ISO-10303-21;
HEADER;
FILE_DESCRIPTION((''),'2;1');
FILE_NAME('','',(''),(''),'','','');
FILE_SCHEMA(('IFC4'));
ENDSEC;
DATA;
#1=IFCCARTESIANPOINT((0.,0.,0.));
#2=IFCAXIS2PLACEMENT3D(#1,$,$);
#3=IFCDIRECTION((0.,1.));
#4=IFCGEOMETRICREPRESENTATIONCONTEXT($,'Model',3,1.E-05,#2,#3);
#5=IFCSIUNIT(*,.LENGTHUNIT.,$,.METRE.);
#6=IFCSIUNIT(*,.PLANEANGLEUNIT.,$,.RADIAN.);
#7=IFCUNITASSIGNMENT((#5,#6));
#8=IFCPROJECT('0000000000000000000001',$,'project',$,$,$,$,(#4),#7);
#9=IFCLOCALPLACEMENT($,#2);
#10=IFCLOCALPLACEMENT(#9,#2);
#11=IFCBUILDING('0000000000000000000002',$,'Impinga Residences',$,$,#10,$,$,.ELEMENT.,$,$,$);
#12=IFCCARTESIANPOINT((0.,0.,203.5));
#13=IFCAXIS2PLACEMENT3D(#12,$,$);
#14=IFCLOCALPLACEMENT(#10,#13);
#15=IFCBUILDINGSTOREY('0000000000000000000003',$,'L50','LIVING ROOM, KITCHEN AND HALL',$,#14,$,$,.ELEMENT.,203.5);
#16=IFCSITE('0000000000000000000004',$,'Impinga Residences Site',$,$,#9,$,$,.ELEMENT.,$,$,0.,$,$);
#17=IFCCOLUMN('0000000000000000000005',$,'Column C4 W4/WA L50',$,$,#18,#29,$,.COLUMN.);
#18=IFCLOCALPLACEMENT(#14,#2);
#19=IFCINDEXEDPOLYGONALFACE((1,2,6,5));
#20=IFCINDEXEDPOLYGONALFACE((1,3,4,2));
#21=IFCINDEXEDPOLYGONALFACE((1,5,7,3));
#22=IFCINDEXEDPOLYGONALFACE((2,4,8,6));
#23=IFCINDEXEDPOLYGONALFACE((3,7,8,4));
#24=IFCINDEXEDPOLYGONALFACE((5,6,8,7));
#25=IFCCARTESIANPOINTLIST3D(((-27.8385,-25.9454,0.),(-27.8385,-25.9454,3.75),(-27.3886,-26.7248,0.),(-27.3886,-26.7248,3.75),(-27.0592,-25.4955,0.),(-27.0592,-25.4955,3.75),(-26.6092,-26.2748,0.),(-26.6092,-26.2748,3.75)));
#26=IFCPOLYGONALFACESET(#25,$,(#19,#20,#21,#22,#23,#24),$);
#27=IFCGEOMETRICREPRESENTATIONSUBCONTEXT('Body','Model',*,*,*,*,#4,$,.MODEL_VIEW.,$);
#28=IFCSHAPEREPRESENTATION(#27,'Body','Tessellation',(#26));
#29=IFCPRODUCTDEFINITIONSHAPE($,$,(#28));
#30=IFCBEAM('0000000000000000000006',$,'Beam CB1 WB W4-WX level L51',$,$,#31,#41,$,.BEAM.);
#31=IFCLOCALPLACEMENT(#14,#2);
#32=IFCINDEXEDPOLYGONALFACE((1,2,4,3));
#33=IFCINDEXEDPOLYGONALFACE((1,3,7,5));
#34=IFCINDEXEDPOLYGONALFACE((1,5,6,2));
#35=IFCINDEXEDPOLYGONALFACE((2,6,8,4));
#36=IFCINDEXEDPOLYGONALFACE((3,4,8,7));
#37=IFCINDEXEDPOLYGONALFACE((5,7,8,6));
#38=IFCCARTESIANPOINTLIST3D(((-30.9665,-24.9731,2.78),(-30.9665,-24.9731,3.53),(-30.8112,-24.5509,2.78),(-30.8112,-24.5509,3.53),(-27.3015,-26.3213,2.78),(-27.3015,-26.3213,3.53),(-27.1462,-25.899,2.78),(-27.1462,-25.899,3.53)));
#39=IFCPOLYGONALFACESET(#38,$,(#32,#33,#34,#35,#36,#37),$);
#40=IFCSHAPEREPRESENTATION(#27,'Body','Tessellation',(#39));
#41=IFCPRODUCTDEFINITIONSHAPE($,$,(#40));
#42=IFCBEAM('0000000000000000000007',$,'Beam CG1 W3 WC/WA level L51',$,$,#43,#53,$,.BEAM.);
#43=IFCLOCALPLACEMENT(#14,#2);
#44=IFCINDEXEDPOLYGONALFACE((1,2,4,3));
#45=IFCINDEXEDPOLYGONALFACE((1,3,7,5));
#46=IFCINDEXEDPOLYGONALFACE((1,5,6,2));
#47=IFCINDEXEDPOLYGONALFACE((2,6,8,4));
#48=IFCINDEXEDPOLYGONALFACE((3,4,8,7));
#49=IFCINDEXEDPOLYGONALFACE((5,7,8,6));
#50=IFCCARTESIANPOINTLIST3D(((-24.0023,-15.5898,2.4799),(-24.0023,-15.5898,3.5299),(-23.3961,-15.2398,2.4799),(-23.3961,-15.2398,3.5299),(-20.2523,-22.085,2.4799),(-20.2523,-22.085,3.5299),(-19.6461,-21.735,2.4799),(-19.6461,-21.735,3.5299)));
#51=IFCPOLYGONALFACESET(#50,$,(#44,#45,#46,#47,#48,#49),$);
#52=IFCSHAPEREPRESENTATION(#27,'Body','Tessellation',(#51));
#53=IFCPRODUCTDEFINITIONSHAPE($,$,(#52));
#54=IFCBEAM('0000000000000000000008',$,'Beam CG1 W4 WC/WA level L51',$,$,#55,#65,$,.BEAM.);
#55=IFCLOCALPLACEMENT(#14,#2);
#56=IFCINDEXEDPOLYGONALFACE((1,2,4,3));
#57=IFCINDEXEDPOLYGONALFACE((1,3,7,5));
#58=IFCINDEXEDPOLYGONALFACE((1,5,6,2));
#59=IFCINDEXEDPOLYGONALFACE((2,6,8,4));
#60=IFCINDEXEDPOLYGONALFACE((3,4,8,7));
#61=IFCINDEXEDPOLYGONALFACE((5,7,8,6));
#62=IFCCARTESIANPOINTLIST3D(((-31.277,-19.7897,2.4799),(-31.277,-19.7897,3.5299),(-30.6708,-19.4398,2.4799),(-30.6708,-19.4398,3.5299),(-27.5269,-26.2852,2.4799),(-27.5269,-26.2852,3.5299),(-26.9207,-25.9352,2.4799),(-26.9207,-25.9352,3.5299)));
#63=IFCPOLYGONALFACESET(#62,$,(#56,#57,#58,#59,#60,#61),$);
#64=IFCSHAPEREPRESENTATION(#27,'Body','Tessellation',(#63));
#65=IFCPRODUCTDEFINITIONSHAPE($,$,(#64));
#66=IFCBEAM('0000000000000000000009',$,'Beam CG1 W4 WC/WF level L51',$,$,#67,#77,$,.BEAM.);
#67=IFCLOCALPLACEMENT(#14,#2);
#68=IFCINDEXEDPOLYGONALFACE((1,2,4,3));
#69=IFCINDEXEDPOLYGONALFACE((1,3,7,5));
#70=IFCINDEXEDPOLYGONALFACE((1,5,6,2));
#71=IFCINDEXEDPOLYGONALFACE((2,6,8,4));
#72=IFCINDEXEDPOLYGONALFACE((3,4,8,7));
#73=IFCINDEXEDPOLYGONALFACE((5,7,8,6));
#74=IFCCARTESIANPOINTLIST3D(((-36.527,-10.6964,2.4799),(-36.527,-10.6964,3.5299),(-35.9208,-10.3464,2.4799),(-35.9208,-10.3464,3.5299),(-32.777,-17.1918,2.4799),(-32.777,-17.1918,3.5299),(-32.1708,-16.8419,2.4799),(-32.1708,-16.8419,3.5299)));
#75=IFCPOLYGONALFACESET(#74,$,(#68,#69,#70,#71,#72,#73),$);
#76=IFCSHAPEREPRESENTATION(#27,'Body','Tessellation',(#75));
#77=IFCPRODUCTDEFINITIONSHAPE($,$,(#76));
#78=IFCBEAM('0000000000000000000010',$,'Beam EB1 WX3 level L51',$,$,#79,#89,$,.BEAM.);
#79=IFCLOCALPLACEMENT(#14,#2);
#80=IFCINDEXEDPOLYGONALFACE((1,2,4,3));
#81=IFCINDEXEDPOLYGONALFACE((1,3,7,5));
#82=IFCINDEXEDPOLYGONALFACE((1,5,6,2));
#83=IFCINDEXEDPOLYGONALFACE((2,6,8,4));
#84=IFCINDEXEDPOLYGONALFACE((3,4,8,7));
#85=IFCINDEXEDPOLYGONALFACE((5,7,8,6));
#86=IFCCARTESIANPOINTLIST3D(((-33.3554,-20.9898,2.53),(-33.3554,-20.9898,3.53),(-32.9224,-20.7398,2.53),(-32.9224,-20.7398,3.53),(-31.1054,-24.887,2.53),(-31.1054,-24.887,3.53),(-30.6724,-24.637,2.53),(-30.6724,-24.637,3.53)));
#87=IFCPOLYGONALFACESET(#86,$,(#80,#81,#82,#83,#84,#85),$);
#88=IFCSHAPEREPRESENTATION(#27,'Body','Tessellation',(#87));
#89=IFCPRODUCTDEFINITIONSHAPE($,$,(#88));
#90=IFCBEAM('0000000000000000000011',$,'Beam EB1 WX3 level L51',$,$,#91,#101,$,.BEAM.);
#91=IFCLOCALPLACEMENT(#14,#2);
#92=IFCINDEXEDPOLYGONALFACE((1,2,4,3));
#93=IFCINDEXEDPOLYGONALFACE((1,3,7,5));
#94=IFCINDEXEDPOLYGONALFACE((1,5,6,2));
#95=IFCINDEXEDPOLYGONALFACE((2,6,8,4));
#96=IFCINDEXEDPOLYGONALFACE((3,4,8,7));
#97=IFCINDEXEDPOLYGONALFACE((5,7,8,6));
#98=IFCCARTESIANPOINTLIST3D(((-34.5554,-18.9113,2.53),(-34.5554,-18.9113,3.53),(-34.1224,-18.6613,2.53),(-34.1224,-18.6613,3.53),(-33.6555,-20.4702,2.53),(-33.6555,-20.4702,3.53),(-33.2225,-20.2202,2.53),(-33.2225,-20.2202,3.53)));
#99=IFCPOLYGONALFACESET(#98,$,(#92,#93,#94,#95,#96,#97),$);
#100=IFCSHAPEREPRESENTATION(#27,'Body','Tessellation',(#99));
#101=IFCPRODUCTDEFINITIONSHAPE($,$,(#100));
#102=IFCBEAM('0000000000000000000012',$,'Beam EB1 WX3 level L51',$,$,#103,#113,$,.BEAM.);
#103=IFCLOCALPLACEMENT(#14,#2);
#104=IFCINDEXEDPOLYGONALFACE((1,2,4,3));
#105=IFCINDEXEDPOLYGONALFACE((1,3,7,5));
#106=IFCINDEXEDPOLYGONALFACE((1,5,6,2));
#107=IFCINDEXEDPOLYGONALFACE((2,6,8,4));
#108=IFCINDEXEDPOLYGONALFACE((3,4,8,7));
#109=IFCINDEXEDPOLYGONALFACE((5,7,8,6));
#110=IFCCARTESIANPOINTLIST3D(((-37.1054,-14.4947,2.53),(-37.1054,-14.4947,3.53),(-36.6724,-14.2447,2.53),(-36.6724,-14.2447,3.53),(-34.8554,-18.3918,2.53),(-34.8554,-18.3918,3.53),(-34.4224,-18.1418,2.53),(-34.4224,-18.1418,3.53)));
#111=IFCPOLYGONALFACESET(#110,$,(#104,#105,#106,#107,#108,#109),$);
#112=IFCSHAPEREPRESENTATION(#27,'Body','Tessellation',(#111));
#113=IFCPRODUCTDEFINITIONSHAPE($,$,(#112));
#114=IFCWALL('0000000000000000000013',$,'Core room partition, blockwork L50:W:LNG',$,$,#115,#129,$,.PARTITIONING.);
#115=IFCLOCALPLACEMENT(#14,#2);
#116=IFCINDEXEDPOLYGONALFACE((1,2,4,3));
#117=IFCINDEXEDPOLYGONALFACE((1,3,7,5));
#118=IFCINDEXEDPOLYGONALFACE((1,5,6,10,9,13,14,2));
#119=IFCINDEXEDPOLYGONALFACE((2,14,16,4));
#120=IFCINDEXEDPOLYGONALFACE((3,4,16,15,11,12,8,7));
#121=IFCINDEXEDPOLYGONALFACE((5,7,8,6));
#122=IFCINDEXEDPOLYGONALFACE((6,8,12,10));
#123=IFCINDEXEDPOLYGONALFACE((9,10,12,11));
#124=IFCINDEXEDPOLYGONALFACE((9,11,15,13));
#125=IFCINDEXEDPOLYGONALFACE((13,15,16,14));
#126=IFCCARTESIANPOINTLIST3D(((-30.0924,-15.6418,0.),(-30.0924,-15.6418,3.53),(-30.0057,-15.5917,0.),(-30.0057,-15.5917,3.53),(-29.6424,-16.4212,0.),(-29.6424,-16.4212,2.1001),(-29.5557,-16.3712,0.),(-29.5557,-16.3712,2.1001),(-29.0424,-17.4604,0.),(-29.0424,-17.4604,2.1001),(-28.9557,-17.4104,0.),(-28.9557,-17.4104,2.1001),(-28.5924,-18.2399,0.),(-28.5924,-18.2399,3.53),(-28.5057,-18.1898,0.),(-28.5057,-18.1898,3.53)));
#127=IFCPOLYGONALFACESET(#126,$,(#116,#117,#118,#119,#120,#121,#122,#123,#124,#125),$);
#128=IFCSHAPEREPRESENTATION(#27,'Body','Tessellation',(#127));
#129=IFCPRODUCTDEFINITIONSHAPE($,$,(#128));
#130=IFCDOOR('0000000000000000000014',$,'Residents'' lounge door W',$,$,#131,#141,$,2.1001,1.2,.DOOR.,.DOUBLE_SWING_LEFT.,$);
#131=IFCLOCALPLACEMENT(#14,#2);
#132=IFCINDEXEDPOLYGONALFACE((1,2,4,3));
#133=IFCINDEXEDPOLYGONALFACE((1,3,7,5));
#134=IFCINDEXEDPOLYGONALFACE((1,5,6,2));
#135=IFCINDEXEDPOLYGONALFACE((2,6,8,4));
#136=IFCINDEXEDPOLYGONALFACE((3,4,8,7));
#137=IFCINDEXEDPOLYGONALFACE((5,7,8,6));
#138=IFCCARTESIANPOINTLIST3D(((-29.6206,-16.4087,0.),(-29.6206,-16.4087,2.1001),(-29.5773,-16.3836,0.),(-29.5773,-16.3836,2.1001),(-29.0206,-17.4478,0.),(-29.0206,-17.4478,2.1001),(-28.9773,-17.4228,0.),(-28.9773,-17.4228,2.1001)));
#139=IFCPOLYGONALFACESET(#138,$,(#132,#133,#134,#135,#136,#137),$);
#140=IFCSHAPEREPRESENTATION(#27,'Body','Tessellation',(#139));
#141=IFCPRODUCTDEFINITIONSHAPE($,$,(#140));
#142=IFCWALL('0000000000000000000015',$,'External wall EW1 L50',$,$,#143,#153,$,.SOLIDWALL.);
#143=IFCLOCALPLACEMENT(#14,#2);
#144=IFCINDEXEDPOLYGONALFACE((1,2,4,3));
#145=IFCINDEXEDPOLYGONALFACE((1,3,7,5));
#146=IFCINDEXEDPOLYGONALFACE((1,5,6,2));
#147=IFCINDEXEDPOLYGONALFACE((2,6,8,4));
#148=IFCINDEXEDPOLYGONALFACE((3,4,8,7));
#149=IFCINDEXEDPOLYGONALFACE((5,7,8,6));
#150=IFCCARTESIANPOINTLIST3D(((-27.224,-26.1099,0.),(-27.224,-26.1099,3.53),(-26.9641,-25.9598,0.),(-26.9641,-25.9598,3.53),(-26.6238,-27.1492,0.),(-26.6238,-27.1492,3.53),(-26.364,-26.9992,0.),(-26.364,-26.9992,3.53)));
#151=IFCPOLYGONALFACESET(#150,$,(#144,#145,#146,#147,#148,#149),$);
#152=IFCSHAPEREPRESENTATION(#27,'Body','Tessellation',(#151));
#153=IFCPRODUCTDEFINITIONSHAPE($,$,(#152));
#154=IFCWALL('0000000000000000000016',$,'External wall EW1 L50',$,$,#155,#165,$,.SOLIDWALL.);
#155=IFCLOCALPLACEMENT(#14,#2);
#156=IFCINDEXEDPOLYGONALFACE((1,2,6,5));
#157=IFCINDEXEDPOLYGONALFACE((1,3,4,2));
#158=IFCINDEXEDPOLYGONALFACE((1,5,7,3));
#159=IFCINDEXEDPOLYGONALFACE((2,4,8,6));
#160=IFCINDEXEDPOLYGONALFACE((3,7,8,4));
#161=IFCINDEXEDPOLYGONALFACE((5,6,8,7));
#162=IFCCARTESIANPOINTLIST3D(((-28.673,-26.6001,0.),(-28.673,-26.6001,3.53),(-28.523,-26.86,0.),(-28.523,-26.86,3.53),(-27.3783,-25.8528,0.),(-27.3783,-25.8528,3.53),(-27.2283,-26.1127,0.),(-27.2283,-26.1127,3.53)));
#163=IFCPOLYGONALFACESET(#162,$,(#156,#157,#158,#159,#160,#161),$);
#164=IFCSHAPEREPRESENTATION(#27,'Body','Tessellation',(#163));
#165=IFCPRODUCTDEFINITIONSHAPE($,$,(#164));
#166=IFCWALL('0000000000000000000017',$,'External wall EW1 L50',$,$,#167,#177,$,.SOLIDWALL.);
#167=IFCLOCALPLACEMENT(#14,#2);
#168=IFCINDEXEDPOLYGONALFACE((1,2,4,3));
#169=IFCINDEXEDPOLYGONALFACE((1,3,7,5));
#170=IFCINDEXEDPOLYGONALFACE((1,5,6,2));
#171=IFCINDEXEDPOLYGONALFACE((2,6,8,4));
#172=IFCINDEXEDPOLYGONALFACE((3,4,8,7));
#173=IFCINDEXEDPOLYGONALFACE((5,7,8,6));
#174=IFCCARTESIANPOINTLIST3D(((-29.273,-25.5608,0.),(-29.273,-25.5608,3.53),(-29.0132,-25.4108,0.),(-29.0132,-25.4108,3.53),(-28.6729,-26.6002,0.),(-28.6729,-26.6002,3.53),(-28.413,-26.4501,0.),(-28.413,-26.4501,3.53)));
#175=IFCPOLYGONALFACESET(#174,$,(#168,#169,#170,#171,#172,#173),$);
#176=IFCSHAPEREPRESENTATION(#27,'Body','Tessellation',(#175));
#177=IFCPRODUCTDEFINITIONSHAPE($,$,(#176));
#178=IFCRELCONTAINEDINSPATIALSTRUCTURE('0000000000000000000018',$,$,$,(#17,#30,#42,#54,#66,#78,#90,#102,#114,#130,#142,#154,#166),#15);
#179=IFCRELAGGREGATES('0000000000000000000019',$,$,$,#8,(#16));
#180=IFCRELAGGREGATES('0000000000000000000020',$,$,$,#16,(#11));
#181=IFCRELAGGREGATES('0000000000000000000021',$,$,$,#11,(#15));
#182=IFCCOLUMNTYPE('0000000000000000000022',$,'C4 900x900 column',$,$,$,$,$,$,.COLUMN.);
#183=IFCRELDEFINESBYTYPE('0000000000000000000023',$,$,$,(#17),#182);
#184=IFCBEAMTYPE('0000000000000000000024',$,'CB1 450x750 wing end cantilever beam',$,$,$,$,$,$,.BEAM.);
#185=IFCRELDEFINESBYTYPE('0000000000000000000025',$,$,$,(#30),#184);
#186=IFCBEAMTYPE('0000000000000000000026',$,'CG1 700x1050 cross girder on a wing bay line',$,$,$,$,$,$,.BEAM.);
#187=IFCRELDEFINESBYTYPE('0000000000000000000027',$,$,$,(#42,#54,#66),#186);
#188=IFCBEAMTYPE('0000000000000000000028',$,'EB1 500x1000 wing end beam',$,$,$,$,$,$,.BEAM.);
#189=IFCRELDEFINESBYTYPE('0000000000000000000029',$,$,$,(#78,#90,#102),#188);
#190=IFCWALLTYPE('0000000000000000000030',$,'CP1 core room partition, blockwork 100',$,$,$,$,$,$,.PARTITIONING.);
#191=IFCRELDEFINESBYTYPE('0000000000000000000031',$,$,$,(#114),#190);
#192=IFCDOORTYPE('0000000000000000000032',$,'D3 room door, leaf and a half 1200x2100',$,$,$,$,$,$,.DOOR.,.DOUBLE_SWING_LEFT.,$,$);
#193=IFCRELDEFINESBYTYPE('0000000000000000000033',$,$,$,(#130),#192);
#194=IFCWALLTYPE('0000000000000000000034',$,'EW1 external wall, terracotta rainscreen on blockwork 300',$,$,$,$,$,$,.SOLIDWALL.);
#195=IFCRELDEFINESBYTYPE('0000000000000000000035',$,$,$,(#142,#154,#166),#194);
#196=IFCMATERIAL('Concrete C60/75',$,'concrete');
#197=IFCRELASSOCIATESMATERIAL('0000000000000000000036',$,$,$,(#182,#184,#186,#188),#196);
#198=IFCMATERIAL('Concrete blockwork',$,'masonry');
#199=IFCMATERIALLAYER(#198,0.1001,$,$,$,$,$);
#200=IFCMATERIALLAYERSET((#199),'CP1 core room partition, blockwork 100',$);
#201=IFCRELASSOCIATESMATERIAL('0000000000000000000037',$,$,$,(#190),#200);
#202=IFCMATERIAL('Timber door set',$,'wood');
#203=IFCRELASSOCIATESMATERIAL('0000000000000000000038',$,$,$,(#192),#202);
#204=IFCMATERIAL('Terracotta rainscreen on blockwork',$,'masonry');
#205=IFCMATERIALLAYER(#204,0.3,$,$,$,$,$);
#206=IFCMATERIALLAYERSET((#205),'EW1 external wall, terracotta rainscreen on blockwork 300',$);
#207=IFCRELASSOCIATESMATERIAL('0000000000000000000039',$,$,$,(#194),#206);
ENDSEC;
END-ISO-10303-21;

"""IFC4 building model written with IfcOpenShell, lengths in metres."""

from ifc_helpers import new_model, si_unit, direction, frame, frame_2d, origin, origin_2d, place, context, subcontext, project, spatial, rectangle, extrude, material, layer, layer_set, material_profile, profile_set, type_object, element, fill, save


model = new_model("IFC4")

# Units and contexts
model_context = context("Model", 3, precision=1e-05, world=origin(), true_north=direction((0.0, 1.0)))
body_context = subcontext(model_context, "Body", "Model", "MODEL_VIEW")
ifc_project = project(units=[si_unit("LENGTHUNIT", "METRE"), si_unit("PLANEANGLEUNIT", "RADIAN")], contexts=[model_context])

# Site, building, storey
site_placement = place(None, origin())
site = spatial("IfcSite", under=ifc_project, at=site_placement, Name="Impinga Residences Site", CompositionType="ELEMENT", RefElevation=0.0)
building_placement = place(site_placement, origin())
building = spatial("IfcBuilding", under=site, at=building_placement, Name="Impinga Residences", CompositionType="ELEMENT")
storey_placement = place(building_placement, frame((0.0, 0.0, 203.5)))
storey = spatial("IfcBuildingStorey", under=building, at=storey_placement, Name="L50", Description="LIVING ROOM, KITCHEN AND HALL", CompositionType="ELEMENT", Elevation=203.5)

# Column
ifc_material_1 = material(Name="Concrete C60/75", Category="concrete")
ifc_material_profile_1 = material_profile(ifc_material_1, rectangle(XDim=0.8999, YDim=0.8999, at=origin_2d()), Name="RC 900x900")
ifc_profile_set_1 = profile_set([ifc_material_profile_1], Name="Concrete C60/75")
column_type = type_object("IfcColumnType", Name="C4 900x900 column", PredefinedType="COLUMN", material=ifc_profile_set_1)
column_placement = place(storey_placement, frame((-27.2239, -26.1101, 0.0), z_axis=(0.0, 0.0, 1.0), x_axis=(-0.5, 0.866025, 0.0)))
element("IfcColumn", 1, at=column_placement, inside=storey, type_object=column_type, Name="Column C4 W4/WA L50", PredefinedType="COLUMN", context=body_context, shape_type="SweptSolid", body=[
    extrude(rectangle(XDim=0.8999, YDim=0.8999, at=origin_2d()), origin(), (0.0, 0.0, 1.0), 3.75),
])

# Beams
ifc_material_profile_2 = material_profile(ifc_material_1, rectangle(XDim=0.45, YDim=0.75, at=origin_2d()), Name="RC 450x750")
ifc_profile_set_2 = profile_set([ifc_material_profile_2], Name="Concrete C60/75")
beam_type_1 = type_object("IfcBeamType", Name="CB1 450x750 wing end cantilever beam", PredefinedType="BEAM", material=ifc_profile_set_2)
beam_1_placement = place(storey_placement, frame((-27.2239, -26.1101, 3.155), z_axis=(-0.93852, 0.345224, 0.0), x_axis=(-0.345224, -0.93852, 0.0)))
element("IfcBeam", 2, at=beam_1_placement, inside=storey, type_object=beam_type_1, Name="Beam CB1 WB W4-WX level L51", PredefinedType="BEAM", context=body_context, shape_type="SweptSolid", body=[
    extrude(rectangle(XDim=0.45, YDim=0.75, at=origin_2d()), origin(), (0.0, 0.0, 1.0), 3.905),
])
ifc_material_profile_3 = material_profile(ifc_material_1, rectangle(XDim=0.7, YDim=1.05, at=origin_2d()), Name="RC 700x1050")
ifc_profile_set_3 = profile_set([ifc_material_profile_3], Name="Concrete C60/75")
beam_type_2 = type_object("IfcBeamType", Name="CG1 700x1050 cross girder on a wing bay line", PredefinedType="BEAM", material=ifc_profile_set_3)
beam_2_placement = place(storey_placement, frame((-23.6992, -15.4148, 3.0049), z_axis=(0.500004, -0.866023, 0.0), x_axis=(0.866023, 0.500004, 0.0)))
element("IfcBeam", 3, at=beam_2_placement, inside=storey, type_object=beam_type_2, Name="Beam CG1 W3 WC/WA level L51", PredefinedType="BEAM", context=body_context, shape_type="SweptSolid", body=[
    extrude(rectangle(XDim=0.7, YDim=1.05, at=origin_2d()), origin(), (0.0, 0.0, 1.0), 7.5),
])
for number, where, z_axis, x_axis, name in (
    (4, (-30.9739, -19.6147, 3.0049), (0.49999, -0.866031, 0.0), (0.866031, 0.49999, 0.0), "Beam CG1 W4 WC/WA level L51"),
    (5, (-32.4739, -17.0168, 3.0049), (-0.49999, 0.866031, 0.0), (-0.866031, -0.49999, 0.0), "Beam CG1 W4 WC/WF level L51"),
):
    element("IfcBeam", number, at=place(storey_placement, frame(where, z_axis=z_axis, x_axis=x_axis)), inside=storey, type_object=beam_type_2, Name=name, PredefinedType="BEAM", context=body_context, shape_type="SweptSolid", body=[
        extrude(rectangle(XDim=0.7, YDim=1.05, at=origin_2d()), origin(), (0.0, 0.0, 1.0), 7.5002),
    ])
ifc_material_profile_4 = material_profile(ifc_material_1, rectangle(XDim=0.5, YDim=1.0, at=origin_2d()), Name="RC 500x1000")
ifc_profile_set_4 = profile_set([ifc_material_profile_4], Name="Concrete C60/75")
beam_type_3 = type_object("IfcBeamType", Name="EB1 500x1000 wing end beam", PredefinedType="BEAM", material=ifc_profile_set_4)
beam_3_placement = place(storey_placement, frame((-30.8889, -24.762, 3.03), z_axis=(-0.49999, 0.866031, 0.0), x_axis=(-0.866031, -0.49999, 0.0)))
element("IfcBeam", 6, at=beam_3_placement, inside=storey, type_object=beam_type_3, Name="Beam EB1 WX3 level L51", PredefinedType="BEAM", context=body_context, shape_type="SweptSolid", body=[
    extrude(rectangle(XDim=0.5, YDim=1.0, at=origin_2d()), origin(), (0.0, 0.0, 1.0), 4.5),
])
beam_4_placement = place(storey_placement, frame((-33.439, -20.3452, 3.03), z_axis=(-0.499961, 0.866048, 0.0), x_axis=(-0.866048, -0.499961, 0.0)))
element("IfcBeam", 7, at=beam_4_placement, inside=storey, type_object=beam_type_3, Name="Beam EB1 WX3 level L51", PredefinedType="BEAM", context=body_context, shape_type="SweptSolid", body=[
    extrude(rectangle(XDim=0.5, YDim=1.0, at=origin_2d()), origin(), (0.0, 0.0, 1.0), 1.8),
])
beam_5_placement = place(storey_placement, frame((-34.6389, -18.2668, 3.03), z_axis=(-0.49999, 0.866031, 0.0), x_axis=(-0.866031, -0.49999, 0.0)))
element("IfcBeam", 8, at=beam_5_placement, inside=storey, type_object=beam_type_3, Name="Beam EB1 WX3 level L51", PredefinedType="BEAM", context=body_context, shape_type="SweptSolid", body=[
    extrude(rectangle(XDim=0.5, YDim=1.0, at=origin_2d()), origin(), (0.0, 0.0, 1.0), 4.5),
])

# Wall, opening, door
ifc_material_2 = material(Name="Concrete blockwork", Category="masonry")
ifc_layer_1 = layer(ifc_material_2, 0.1001)
ifc_layer_set_1 = layer_set([ifc_layer_1], Name="CP1 core room partition, blockwork 100")
wall_type_1 = type_object("IfcWallType", Name="CP1 core room partition, blockwork 100", PredefinedType="PARTITIONING", material=ifc_layer_set_1)
wall_1_placement = place(storey_placement, frame((-28.5491, -18.2148, 0.0), z_axis=(0.0, 0.0, 1.0), x_axis=(-0.49999, 0.866031, 0.0)))
wall_1 = element("IfcWall", 9, at=wall_1_placement, inside=storey, type_object=wall_type_1, Name="Core room partition, blockwork L50:W:LNG", PredefinedType="PARTITIONING", context=body_context, shape_type="SweptSolid", body=[
    extrude(rectangle(XDim=3.0, YDim=0.1001, at=frame_2d((1.5, 0.0))), origin(), (0.0, 0.0, 1.0), 3.53),
])
opening_1_placement = place(wall_1_placement, frame((0.8999, 0.0, 0.0)))
opening_1 = element("IfcOpeningElement", 10, at=opening_1_placement, cuts=wall_1, PredefinedType="OPENING", context=body_context, shape_type="SweptSolid", body=[
    extrude(rectangle(XDim=1.2, YDim=2.1001, at=frame_2d((0.6001, 1.05))), frame((0.0, 0.0601, 0.0), z_axis=(0.0, -1.0, 0.0), x_axis=(1.0, 0.0, 0.0)), (0.0, 0.0, 1.0), 0.1201),
])
ifc_material_3 = material(Name="Timber door set", Category="wood")
door_type_1 = type_object("IfcDoorType", Name="D3 room door, leaf and a half 1200x2100", OperationType="DOUBLE_SWING_LEFT", PredefinedType="DOOR", material=ifc_material_3)
door_1_placement = place(opening_1_placement, origin())
door_1 = element("IfcDoor", 11, at=door_1_placement, inside=storey, type_object=door_type_1, Name="Residents' lounge door W", OperationType="DOUBLE_SWING_LEFT", OverallHeight=2.1001, OverallWidth=1.2, PredefinedType="DOOR", context=body_context, shape_type="SweptSolid", body=[
    extrude(rectangle(XDim=1.2, YDim=2.1001, at=frame_2d((0.6001, 1.05))), frame((0.0, 0.0249, 0.0), z_axis=(0.0, -1.0, 0.0), x_axis=(1.0, 0.0, 0.0)), (0.0, 0.0, 1.0), 0.05),
])
fill(opening_1, door_1)

# Walls
ifc_material_4 = material(Name="Terracotta rainscreen on blockwork", Category="masonry")
ifc_layer_2 = layer(ifc_material_4, 0.3)
ifc_layer_set_2 = layer_set([ifc_layer_2], Name="EW1 external wall, terracotta rainscreen on blockwork 300")
wall_type_2 = type_object("IfcWallType", Name="EW1 external wall, terracotta rainscreen on blockwork 300", PredefinedType="SOLIDWALL", material=ifc_layer_set_2)
wall_2_placement = place(storey_placement, frame((-26.4939, -27.0742, 0.0), z_axis=(0.0, 0.0, 1.0), x_axis=(-0.500034, 0.866006, 0.0)))
element("IfcWall", 12, at=wall_2_placement, inside=storey, type_object=wall_type_2, Name="External wall EW1 L50", PredefinedType="SOLIDWALL", context=body_context, shape_type="SweptSolid", body=[
    extrude(rectangle(XDim=1.2002, YDim=0.3, at=frame_2d((0.6001, 0.0))), origin(), (0.0, 0.0, 1.0), 3.53),
])
wall_3_placement = place(storey_placement, frame((-27.3032, -25.9827, 0.0), z_axis=(0.0, 0.0, 1.0), x_axis=(-0.866074, -0.499916, 0.0)))
element("IfcWall", 13, at=wall_3_placement, inside=storey, type_object=wall_type_2, Name="External wall EW1 L50", PredefinedType="SOLIDWALL", context=body_context, shape_type="SweptSolid", body=[
    extrude(rectangle(XDim=1.4949, YDim=0.3, at=frame_2d((0.7476, 0.0))), origin(), (0.0, 0.0, 1.0), 3.53),
])
wall_4_placement = place(storey_placement, frame((-28.543, -26.5251, 0.0), z_axis=(0.0, 0.0, 1.0), x_axis=(-0.500034, 0.866006, 0.0)))
element("IfcWall", 14, at=wall_4_placement, inside=storey, type_object=wall_type_2, Name="External wall EW1 L50", PredefinedType="SOLIDWALL", context=body_context, shape_type="SweptSolid", body=[
    extrude(rectangle(XDim=1.2002, YDim=0.3, at=frame_2d((0.6001, 0.0))), origin(), (0.0, 0.0, 1.0), 3.53),
])

save(model, "model.ifc")
